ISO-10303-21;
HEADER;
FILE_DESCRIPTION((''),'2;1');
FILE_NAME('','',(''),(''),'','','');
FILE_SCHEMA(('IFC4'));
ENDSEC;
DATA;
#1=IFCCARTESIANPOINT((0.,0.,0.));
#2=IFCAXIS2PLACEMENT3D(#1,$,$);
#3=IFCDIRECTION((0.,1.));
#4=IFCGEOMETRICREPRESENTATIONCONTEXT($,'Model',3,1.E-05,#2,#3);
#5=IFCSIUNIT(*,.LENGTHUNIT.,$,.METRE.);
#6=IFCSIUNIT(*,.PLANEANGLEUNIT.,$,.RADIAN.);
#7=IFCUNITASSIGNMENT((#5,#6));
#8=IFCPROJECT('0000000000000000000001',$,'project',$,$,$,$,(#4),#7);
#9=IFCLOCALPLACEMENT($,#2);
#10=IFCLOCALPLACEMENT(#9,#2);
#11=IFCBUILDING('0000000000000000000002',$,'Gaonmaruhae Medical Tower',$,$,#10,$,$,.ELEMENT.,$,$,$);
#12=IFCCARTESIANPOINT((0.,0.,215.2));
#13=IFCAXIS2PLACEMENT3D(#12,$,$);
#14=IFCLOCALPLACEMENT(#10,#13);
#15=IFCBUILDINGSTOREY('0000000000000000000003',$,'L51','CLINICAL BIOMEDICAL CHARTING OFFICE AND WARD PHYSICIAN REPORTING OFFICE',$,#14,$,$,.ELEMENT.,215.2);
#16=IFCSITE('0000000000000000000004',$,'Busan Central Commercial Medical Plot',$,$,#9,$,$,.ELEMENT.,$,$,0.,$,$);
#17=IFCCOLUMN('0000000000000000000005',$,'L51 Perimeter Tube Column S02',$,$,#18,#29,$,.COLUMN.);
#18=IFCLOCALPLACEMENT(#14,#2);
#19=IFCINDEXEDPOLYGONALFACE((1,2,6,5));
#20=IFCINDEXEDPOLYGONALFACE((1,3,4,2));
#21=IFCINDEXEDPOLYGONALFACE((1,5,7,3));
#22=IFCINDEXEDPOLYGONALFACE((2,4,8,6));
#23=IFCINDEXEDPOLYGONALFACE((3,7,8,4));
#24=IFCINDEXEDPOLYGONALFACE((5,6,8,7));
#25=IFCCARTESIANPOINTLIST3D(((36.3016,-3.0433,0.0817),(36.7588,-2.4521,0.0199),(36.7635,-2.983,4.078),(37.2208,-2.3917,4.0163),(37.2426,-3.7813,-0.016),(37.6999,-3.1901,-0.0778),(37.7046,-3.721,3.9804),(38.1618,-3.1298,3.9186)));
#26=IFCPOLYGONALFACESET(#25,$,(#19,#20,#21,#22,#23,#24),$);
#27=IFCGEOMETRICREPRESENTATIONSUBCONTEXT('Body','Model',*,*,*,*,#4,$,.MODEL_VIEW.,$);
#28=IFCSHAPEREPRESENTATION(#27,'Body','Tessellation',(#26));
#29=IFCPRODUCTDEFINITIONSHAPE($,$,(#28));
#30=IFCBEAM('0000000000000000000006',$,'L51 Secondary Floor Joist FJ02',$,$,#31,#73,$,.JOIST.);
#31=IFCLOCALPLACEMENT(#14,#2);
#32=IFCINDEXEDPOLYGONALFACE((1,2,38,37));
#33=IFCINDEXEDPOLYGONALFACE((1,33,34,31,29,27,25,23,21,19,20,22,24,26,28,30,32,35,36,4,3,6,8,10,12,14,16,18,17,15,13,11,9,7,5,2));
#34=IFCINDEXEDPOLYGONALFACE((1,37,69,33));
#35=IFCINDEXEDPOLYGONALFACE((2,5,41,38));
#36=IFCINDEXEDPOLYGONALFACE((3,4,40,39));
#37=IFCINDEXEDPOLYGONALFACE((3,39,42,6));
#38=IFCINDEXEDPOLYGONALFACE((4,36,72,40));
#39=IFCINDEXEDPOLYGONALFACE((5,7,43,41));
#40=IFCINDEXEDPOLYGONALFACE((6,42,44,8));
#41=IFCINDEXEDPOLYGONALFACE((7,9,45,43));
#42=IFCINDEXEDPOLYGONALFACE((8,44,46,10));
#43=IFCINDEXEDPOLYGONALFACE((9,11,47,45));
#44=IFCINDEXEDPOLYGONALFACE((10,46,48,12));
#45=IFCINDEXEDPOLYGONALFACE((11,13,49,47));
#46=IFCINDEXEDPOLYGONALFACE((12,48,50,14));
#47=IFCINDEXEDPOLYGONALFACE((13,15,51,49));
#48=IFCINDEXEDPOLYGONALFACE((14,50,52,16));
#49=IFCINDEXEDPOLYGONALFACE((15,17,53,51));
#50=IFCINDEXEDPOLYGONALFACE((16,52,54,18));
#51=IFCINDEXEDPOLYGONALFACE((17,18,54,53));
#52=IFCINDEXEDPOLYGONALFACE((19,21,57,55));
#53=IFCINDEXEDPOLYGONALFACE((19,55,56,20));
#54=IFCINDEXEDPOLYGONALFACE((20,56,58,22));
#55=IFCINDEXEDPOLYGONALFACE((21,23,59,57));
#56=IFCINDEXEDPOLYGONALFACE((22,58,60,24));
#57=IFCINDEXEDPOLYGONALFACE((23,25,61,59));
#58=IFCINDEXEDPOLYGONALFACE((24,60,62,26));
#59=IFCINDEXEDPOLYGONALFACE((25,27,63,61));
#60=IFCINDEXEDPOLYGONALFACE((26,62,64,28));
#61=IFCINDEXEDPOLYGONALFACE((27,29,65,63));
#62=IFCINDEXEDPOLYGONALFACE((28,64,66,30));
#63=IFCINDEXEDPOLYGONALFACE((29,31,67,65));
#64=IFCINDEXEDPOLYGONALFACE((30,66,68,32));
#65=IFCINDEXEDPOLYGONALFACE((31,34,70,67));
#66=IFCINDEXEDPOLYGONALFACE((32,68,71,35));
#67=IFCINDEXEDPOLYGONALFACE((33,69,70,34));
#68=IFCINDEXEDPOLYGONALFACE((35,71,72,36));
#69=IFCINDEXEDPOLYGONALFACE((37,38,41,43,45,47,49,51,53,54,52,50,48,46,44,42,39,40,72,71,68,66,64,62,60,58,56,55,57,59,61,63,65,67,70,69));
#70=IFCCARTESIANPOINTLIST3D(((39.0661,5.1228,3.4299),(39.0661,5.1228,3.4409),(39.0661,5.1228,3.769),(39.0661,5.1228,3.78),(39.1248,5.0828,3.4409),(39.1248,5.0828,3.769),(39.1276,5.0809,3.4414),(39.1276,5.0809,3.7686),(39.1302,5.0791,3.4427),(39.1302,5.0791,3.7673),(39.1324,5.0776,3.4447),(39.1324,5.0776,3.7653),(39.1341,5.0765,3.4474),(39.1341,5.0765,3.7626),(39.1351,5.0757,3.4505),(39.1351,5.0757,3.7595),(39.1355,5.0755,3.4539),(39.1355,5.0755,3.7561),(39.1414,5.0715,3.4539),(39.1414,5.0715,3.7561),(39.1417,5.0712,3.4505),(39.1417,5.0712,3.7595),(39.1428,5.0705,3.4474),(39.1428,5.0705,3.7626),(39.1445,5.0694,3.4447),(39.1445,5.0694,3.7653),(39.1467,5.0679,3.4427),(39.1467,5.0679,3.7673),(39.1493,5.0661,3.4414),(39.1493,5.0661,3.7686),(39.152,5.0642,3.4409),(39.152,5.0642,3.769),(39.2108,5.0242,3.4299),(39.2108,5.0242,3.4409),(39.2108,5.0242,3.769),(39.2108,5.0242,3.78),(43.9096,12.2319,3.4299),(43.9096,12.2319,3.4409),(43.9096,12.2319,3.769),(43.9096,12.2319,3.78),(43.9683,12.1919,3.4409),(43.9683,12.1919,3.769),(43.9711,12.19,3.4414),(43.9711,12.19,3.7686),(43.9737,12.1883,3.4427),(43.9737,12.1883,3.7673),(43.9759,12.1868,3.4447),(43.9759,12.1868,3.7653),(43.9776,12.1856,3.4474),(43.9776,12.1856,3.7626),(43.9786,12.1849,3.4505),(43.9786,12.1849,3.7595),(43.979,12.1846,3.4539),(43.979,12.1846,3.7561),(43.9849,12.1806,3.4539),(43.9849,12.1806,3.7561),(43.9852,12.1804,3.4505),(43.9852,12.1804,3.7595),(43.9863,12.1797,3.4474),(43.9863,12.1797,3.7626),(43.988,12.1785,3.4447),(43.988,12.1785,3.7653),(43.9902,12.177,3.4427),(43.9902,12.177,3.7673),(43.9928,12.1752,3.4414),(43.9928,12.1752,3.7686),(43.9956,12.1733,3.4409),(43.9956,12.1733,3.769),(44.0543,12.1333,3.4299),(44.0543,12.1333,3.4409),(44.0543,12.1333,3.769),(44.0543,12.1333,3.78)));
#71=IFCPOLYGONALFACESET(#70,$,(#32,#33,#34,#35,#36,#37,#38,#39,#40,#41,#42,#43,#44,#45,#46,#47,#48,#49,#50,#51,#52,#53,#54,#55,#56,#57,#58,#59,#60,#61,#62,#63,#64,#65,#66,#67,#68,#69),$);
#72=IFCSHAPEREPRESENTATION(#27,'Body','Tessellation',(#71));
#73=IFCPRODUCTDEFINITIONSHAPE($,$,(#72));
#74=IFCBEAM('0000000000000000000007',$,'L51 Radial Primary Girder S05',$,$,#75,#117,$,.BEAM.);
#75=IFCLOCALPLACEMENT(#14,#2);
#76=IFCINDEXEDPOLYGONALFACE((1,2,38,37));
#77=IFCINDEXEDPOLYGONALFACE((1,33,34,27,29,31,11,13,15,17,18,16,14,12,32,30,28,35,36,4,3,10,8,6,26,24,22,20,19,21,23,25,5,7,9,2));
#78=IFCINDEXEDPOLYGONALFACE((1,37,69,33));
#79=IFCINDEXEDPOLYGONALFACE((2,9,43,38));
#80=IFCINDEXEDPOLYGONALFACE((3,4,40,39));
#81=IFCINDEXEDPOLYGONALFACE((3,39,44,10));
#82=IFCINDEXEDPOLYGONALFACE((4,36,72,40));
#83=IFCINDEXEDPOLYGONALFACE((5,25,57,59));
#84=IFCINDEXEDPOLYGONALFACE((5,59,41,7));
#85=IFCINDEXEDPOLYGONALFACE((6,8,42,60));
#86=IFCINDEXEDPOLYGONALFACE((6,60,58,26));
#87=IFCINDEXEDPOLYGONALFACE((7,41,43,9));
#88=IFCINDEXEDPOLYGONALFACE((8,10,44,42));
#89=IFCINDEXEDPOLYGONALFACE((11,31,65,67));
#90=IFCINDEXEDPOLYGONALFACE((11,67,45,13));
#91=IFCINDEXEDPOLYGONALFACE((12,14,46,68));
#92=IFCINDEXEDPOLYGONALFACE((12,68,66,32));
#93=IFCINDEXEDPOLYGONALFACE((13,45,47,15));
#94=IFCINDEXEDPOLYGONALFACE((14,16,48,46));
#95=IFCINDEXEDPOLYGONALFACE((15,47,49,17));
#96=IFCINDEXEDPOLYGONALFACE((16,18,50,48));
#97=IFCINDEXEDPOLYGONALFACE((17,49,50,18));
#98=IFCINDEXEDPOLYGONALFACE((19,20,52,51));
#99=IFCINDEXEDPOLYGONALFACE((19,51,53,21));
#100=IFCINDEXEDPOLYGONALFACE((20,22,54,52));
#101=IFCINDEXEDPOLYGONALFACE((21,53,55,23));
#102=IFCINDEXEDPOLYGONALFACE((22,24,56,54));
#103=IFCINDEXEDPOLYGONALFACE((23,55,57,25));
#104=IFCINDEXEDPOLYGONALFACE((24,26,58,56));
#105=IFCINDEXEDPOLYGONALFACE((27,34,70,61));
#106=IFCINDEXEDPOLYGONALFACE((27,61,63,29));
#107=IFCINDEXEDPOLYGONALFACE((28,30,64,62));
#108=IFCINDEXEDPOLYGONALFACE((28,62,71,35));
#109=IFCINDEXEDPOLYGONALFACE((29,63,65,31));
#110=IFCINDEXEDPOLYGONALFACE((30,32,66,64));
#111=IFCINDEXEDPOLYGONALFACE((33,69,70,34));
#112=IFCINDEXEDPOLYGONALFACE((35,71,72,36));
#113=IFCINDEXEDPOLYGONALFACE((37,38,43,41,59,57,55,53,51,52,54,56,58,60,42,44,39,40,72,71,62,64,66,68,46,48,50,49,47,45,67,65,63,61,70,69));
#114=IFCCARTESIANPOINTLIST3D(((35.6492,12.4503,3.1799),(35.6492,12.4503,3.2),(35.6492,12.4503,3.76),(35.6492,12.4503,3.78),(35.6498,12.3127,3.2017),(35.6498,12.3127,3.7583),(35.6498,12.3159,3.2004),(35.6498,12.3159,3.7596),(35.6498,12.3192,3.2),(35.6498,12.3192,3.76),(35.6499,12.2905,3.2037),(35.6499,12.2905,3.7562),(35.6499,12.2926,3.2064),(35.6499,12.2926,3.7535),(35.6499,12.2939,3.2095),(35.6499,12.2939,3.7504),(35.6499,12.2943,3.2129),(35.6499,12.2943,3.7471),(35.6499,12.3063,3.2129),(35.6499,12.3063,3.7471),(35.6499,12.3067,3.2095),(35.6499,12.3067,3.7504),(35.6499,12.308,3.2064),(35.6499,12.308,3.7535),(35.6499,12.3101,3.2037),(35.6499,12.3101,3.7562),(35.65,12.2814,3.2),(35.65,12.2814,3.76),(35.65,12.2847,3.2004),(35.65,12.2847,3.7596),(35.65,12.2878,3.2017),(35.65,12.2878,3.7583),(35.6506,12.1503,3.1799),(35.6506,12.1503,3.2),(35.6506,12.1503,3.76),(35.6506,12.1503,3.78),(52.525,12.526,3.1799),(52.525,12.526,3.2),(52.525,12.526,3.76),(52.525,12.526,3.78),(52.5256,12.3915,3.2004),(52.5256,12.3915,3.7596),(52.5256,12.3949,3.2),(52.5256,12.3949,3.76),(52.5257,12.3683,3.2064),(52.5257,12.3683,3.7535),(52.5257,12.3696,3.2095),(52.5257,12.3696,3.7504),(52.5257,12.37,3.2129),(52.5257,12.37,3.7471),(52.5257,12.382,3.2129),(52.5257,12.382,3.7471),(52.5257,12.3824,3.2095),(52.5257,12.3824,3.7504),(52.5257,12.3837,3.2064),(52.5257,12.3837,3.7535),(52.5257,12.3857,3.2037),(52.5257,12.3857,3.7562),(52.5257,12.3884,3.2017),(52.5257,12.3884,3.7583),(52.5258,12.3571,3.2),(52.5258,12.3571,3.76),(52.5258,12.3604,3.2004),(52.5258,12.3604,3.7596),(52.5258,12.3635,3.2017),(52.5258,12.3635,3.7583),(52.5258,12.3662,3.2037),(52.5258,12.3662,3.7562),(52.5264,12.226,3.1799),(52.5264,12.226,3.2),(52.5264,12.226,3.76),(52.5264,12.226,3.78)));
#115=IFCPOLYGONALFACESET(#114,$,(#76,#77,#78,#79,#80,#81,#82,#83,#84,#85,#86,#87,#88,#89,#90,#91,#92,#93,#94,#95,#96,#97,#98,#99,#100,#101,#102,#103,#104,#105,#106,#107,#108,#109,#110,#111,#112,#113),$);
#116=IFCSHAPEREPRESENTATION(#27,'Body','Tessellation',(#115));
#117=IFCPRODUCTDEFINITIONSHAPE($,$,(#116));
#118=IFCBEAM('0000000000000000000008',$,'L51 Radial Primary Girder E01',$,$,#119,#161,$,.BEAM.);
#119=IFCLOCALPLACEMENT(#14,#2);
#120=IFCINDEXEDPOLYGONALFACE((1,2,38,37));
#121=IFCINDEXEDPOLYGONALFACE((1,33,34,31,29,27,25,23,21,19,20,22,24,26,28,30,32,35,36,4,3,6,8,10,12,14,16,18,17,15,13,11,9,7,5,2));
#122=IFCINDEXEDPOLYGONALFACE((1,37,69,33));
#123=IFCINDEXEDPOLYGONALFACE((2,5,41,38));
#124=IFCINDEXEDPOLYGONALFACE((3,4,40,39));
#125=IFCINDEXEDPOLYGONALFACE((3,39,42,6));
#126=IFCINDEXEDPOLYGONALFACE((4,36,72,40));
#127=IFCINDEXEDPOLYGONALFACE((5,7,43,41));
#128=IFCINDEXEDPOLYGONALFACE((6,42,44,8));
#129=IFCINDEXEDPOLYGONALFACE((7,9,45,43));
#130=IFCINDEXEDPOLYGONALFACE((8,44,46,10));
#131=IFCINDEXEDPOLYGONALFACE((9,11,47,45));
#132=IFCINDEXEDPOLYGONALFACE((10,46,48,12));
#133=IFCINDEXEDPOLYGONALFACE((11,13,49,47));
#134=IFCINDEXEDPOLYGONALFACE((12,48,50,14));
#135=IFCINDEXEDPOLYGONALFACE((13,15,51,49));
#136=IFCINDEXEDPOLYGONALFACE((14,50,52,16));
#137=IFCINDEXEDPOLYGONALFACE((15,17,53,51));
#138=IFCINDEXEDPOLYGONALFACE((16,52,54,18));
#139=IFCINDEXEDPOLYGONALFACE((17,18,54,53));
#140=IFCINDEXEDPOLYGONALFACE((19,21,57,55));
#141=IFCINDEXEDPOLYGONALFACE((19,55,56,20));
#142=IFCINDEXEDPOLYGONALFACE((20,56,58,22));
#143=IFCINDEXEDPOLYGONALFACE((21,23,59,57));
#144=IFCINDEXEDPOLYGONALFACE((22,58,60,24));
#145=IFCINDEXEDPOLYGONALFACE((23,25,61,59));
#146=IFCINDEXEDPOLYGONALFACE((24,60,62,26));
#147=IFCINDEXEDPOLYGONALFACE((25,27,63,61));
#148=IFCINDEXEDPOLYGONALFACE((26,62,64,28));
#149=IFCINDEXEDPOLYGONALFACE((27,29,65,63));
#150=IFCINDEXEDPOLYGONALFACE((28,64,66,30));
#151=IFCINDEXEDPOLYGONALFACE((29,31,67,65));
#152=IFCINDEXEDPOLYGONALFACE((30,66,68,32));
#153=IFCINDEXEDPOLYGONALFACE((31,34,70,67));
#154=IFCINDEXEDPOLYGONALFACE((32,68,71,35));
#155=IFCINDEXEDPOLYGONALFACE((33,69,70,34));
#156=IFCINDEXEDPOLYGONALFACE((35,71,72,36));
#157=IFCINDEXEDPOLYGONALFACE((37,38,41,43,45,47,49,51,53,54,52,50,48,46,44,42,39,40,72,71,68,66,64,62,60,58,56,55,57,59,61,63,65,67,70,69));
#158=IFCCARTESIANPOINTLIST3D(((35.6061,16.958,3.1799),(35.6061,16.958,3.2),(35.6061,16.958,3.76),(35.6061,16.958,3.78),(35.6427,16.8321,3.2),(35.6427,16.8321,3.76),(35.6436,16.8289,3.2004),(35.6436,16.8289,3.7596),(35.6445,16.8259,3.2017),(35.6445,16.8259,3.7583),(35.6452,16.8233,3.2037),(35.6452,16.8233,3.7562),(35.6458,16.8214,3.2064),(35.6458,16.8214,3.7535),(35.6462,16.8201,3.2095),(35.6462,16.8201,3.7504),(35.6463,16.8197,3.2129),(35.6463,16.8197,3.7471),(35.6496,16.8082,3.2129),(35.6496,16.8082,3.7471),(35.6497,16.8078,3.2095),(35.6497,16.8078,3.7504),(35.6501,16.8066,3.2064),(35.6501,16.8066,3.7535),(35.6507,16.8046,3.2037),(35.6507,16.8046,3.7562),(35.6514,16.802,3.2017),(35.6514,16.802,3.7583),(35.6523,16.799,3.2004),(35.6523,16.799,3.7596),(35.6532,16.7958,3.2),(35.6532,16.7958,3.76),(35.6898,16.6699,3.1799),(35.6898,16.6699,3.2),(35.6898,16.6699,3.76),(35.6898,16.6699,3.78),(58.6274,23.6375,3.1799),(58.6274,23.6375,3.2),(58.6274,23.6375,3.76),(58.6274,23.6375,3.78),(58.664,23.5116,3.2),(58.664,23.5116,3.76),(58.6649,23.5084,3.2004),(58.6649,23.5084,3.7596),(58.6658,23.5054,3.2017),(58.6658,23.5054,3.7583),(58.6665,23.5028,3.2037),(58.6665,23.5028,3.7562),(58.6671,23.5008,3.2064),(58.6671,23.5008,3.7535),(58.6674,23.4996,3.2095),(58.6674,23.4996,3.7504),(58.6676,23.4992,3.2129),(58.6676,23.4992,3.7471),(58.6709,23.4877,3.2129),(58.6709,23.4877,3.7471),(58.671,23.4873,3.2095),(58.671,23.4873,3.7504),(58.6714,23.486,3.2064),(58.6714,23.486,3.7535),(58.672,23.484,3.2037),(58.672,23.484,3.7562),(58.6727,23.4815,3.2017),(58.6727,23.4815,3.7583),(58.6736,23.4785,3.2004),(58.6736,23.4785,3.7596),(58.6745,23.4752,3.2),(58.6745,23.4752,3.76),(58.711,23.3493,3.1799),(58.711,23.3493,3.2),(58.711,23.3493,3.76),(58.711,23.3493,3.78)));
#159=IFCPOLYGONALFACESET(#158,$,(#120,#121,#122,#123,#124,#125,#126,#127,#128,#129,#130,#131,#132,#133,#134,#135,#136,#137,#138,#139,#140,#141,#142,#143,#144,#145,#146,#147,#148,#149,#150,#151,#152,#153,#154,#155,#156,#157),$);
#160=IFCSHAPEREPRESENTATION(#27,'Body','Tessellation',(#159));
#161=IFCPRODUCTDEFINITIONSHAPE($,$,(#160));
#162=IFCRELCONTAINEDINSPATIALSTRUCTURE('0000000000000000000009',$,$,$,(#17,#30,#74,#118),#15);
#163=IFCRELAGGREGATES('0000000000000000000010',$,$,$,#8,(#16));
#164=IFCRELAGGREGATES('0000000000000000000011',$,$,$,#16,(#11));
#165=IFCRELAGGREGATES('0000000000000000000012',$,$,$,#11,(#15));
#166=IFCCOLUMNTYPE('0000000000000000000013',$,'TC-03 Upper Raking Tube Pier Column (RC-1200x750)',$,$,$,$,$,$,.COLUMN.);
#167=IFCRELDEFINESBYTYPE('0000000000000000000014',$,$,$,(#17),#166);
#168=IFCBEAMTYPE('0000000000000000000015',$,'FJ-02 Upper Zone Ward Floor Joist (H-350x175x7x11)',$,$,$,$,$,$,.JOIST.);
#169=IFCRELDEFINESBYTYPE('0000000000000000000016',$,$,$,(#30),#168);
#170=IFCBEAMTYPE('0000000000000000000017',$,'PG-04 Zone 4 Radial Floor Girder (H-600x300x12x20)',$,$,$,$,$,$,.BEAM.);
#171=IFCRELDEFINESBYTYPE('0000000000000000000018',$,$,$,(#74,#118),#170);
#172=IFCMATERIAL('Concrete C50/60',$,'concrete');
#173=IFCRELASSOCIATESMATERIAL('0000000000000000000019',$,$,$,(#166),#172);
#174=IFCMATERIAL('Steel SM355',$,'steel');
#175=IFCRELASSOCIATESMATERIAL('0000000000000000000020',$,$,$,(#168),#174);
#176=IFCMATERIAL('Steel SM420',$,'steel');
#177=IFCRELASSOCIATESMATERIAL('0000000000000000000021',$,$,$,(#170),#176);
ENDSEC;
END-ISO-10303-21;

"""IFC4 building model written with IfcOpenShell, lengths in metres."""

from ifc_helpers import new_model, si_unit, direction, frame, origin, origin_2d, place, context, subcontext, project, spatial, rectangle, i_section, extrude, material, material_profile, profile_set, type_object, element, save


model = new_model("IFC4")

# Units and contexts
model_context = context("Model", 3, precision=1e-05, world=origin(), true_north=direction((0.0, 1.0)))
body_context = subcontext(model_context, "Body", "Model", "MODEL_VIEW")
ifc_project = project(units=[si_unit("LENGTHUNIT", "METRE"), si_unit("PLANEANGLEUNIT", "RADIAN")], contexts=[model_context])

# Site, building, storey
site_placement = place(None, origin())
site = spatial("IfcSite", under=ifc_project, at=site_placement, Name="Busan Central Commercial Medical Plot", CompositionType="ELEMENT", RefElevation=0.0)
building_placement = place(site_placement, origin())
building = spatial("IfcBuilding", under=site, at=building_placement, Name="Gaonmaruhae Medical Tower", CompositionType="ELEMENT")
storey_placement = place(building_placement, frame((0.0, 0.0, 215.2)))
storey = spatial("IfcBuildingStorey", under=building, at=storey_placement, Name="L51", Description="CLINICAL BIOMEDICAL CHARTING OFFICE AND WARD PHYSICIAN REPORTING OFFICE", CompositionType="ELEMENT", Elevation=215.2)

# Column
ifc_material_1 = material(Name="Concrete C50/60", Category="concrete")
ifc_material_profile_1 = material_profile(ifc_material_1, rectangle(XDim=1.2, YDim=0.75, at=origin_2d()), Name="RC-1200x750")
ifc_profile_set_1 = profile_set([ifc_material_profile_1], Name="Concrete C50/60")
column_type = type_object("IfcColumnType", Name="TC-03 Upper Raking Tube Pier Column (RC-1200x750)", PredefinedType="COLUMN", material=ifc_profile_set_1)
column_placement = place(storey_placement, frame((37.0007, -3.1167, 0.002), z_axis=(0.114807, 0.014988, 0.993275), x_axis=(-0.784268, 0.615064, 0.081368)))
element("IfcColumn", 1, at=column_placement, inside=storey, type_object=column_type, Name="L51 Perimeter Tube Column S02", PredefinedType="COLUMN", context=body_context, shape_type="SweptSolid", body=[
    extrude(rectangle(XDim=1.2, YDim=0.75, at=origin_2d()), origin(), (0.0, 0.0, 1.0), 4.0234),
])

# Beams
ifc_material_2 = material(Name="Steel SM355", Category="steel")
ifc_material_profile_2 = material_profile(ifc_material_2, i_section(OverallWidth=0.175, OverallDepth=0.3501, WebThickness=0.0071, FlangeThickness=0.011, FilletRadius=0.0129, at=origin_2d()), Name="H-350x175x7x11")
ifc_profile_set_2 = profile_set([ifc_material_profile_2], Name="Steel SM355")
beam_type_1 = type_object("IfcBeamType", Name="FJ-02 Upper Zone Ward Floor Joist (H-350x175x7x11)", PredefinedType="JOIST", material=ifc_profile_set_2)
beam_1_placement = place(storey_placement, frame((39.1384, 5.0735, 3.605), z_axis=(0.563049, 0.826424, 0.0), x_axis=(-0.826424, 0.563049, 0.0)))
element("IfcBeam", 2, at=beam_1_placement, inside=storey, type_object=beam_type_1, Name="L51 Secondary Floor Joist FJ02", PredefinedType="JOIST", context=body_context, shape_type="SweptSolid", body=[
    extrude(i_section(OverallWidth=0.175, OverallDepth=0.3501, WebThickness=0.0071, FlangeThickness=0.011, FilletRadius=0.0129, at=origin_2d()), origin(), (0.0, 0.0, 1.0), 8.6023),
])
ifc_material_3 = material(Name="Steel SM420", Category="steel")
ifc_material_profile_3 = material_profile(ifc_material_3, i_section(OverallWidth=0.3, OverallDepth=0.6001, WebThickness=0.012, FlangeThickness=0.02, FilletRadius=0.0129, at=origin_2d()), Name="H-600x300x12x20")
ifc_profile_set_3 = profile_set([ifc_material_profile_3], Name="Steel SM420")
beam_type_2 = type_object("IfcBeamType", Name="PG-04 Zone 4 Radial Floor Girder (H-600x300x12x20)", PredefinedType="BEAM", material=ifc_profile_set_3)
beam_2_placement = place(storey_placement, frame((35.6499, 12.3003, 3.48), z_axis=(0.99999, 0.004485, 0.0), x_axis=(-0.004485, 0.99999, 0.0)))
element("IfcBeam", 3, at=beam_2_placement, inside=storey, type_object=beam_type_2, Name="L51 Radial Primary Girder S05", PredefinedType="BEAM", context=body_context, shape_type="SweptSolid", body=[
    extrude(i_section(OverallWidth=0.3, OverallDepth=0.6001, WebThickness=0.012, FlangeThickness=0.02, FilletRadius=0.0129, at=origin_2d()), origin(), (0.0, 0.0, 1.0), 16.876),
])
beam_3_placement = place(storey_placement, frame((35.6479, 16.814, 3.48), z_axis=(0.960392, 0.278651, 0.0), x_axis=(-0.278651, 0.960392, 0.0)))
element("IfcBeam", 4, at=beam_3_placement, inside=storey, type_object=beam_type_2, Name="L51 Radial Primary Girder E01", PredefinedType="BEAM", context=body_context, shape_type="SweptSolid", body=[
    extrude(i_section(OverallWidth=0.3, OverallDepth=0.6001, WebThickness=0.012, FlangeThickness=0.02, FilletRadius=0.0129, at=origin_2d()), origin(), (0.0, 0.0, 1.0), 23.9707),
])

save(model, "model.ifc")
